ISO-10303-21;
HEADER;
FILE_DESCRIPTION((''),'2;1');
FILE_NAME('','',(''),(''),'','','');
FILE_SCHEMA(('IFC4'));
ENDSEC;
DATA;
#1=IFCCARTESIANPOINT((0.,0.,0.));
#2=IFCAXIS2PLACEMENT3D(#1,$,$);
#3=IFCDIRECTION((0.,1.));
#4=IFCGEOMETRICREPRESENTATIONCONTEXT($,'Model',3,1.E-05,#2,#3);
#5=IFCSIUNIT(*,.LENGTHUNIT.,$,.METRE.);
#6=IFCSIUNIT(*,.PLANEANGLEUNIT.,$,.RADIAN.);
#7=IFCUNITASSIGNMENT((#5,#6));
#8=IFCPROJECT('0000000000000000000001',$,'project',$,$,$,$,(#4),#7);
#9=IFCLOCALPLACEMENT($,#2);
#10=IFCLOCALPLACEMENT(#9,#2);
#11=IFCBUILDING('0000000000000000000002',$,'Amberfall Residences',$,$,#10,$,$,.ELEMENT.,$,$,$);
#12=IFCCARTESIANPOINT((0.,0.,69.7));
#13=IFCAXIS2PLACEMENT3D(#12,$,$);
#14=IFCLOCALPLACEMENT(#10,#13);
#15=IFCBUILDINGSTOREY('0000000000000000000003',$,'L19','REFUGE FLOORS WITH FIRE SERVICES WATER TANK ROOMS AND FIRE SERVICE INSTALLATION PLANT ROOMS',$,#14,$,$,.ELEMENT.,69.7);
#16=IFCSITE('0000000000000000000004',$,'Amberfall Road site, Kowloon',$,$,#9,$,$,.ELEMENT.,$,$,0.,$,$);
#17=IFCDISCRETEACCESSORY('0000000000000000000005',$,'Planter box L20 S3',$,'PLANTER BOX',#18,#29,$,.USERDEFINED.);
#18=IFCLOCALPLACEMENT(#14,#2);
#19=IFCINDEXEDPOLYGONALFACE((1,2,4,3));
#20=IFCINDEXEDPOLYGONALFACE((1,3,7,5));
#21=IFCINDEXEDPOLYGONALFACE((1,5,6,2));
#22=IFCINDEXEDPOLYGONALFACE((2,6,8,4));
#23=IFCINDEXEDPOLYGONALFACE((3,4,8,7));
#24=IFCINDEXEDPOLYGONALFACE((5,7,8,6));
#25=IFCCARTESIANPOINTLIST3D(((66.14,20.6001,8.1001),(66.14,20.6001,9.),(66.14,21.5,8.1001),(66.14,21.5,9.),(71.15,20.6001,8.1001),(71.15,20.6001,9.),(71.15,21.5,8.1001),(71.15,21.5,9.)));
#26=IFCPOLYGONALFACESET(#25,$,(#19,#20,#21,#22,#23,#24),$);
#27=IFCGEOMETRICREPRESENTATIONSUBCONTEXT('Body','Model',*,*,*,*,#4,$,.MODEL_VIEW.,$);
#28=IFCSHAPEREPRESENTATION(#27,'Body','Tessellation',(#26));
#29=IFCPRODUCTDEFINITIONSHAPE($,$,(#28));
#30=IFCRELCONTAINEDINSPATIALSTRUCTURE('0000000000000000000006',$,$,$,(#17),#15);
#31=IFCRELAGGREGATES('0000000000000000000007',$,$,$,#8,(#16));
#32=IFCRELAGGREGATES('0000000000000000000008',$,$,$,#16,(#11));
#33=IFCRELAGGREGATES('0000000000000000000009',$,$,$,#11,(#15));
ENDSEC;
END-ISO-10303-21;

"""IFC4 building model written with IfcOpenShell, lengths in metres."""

from ifc_helpers import new_model, si_unit, direction, frame, origin, origin_2d, place, context, subcontext, project, spatial, rectangle, extrude, element, save


model = new_model("IFC4")

# Units and contexts
model_context = context("Model", 3, precision=1e-05, world=origin(), true_north=direction((0.0, 1.0)))
body_context = subcontext(model_context, "Body", "Model", "MODEL_VIEW")
ifc_project = project(units=[si_unit("LENGTHUNIT", "METRE"), si_unit("PLANEANGLEUNIT", "RADIAN")], contexts=[model_context])

# Site, building, storey
site_placement = place(None, origin())
site = spatial("IfcSite", under=ifc_project, at=site_placement, Name="Amberfall Road site, Kowloon", CompositionType="ELEMENT", RefElevation=0.0)
building_placement = place(site_placement, origin())
building = spatial("IfcBuilding", under=site, at=building_placement, Name="Amberfall Residences", CompositionType="ELEMENT")
storey_placement = place(building_placement, frame((0.0, 0.0, 69.7)))
storey = spatial("IfcBuildingStorey", under=building, at=storey_placement, Name="L19", Description="REFUGE FLOORS WITH FIRE SERVICES WATER TANK ROOMS AND FIRE SERVICE INSTALLATION PLANT ROOMS", CompositionType="ELEMENT", Elevation=69.7)

# Discrete accessory
discrete_accessory_1_placement = place(storey_placement, frame((68.645, 21.05, 8.1001), z_axis=(0.0, 0.0, 1.0), x_axis=(1.0, 0.0, 0.0)))
element("IfcDiscreteAccessory", 1, at=discrete_accessory_1_placement, inside=storey, Name="Planter box L20 S3", ObjectType="PLANTER BOX", PredefinedType="USERDEFINED", context=body_context, shape_type="SweptSolid", body=[
    extrude(rectangle(XDim=5.01, YDim=0.8999, at=origin_2d()), origin(), (0.0, 0.0, 1.0), 0.8999),
])

save(model, "model.ifc")
